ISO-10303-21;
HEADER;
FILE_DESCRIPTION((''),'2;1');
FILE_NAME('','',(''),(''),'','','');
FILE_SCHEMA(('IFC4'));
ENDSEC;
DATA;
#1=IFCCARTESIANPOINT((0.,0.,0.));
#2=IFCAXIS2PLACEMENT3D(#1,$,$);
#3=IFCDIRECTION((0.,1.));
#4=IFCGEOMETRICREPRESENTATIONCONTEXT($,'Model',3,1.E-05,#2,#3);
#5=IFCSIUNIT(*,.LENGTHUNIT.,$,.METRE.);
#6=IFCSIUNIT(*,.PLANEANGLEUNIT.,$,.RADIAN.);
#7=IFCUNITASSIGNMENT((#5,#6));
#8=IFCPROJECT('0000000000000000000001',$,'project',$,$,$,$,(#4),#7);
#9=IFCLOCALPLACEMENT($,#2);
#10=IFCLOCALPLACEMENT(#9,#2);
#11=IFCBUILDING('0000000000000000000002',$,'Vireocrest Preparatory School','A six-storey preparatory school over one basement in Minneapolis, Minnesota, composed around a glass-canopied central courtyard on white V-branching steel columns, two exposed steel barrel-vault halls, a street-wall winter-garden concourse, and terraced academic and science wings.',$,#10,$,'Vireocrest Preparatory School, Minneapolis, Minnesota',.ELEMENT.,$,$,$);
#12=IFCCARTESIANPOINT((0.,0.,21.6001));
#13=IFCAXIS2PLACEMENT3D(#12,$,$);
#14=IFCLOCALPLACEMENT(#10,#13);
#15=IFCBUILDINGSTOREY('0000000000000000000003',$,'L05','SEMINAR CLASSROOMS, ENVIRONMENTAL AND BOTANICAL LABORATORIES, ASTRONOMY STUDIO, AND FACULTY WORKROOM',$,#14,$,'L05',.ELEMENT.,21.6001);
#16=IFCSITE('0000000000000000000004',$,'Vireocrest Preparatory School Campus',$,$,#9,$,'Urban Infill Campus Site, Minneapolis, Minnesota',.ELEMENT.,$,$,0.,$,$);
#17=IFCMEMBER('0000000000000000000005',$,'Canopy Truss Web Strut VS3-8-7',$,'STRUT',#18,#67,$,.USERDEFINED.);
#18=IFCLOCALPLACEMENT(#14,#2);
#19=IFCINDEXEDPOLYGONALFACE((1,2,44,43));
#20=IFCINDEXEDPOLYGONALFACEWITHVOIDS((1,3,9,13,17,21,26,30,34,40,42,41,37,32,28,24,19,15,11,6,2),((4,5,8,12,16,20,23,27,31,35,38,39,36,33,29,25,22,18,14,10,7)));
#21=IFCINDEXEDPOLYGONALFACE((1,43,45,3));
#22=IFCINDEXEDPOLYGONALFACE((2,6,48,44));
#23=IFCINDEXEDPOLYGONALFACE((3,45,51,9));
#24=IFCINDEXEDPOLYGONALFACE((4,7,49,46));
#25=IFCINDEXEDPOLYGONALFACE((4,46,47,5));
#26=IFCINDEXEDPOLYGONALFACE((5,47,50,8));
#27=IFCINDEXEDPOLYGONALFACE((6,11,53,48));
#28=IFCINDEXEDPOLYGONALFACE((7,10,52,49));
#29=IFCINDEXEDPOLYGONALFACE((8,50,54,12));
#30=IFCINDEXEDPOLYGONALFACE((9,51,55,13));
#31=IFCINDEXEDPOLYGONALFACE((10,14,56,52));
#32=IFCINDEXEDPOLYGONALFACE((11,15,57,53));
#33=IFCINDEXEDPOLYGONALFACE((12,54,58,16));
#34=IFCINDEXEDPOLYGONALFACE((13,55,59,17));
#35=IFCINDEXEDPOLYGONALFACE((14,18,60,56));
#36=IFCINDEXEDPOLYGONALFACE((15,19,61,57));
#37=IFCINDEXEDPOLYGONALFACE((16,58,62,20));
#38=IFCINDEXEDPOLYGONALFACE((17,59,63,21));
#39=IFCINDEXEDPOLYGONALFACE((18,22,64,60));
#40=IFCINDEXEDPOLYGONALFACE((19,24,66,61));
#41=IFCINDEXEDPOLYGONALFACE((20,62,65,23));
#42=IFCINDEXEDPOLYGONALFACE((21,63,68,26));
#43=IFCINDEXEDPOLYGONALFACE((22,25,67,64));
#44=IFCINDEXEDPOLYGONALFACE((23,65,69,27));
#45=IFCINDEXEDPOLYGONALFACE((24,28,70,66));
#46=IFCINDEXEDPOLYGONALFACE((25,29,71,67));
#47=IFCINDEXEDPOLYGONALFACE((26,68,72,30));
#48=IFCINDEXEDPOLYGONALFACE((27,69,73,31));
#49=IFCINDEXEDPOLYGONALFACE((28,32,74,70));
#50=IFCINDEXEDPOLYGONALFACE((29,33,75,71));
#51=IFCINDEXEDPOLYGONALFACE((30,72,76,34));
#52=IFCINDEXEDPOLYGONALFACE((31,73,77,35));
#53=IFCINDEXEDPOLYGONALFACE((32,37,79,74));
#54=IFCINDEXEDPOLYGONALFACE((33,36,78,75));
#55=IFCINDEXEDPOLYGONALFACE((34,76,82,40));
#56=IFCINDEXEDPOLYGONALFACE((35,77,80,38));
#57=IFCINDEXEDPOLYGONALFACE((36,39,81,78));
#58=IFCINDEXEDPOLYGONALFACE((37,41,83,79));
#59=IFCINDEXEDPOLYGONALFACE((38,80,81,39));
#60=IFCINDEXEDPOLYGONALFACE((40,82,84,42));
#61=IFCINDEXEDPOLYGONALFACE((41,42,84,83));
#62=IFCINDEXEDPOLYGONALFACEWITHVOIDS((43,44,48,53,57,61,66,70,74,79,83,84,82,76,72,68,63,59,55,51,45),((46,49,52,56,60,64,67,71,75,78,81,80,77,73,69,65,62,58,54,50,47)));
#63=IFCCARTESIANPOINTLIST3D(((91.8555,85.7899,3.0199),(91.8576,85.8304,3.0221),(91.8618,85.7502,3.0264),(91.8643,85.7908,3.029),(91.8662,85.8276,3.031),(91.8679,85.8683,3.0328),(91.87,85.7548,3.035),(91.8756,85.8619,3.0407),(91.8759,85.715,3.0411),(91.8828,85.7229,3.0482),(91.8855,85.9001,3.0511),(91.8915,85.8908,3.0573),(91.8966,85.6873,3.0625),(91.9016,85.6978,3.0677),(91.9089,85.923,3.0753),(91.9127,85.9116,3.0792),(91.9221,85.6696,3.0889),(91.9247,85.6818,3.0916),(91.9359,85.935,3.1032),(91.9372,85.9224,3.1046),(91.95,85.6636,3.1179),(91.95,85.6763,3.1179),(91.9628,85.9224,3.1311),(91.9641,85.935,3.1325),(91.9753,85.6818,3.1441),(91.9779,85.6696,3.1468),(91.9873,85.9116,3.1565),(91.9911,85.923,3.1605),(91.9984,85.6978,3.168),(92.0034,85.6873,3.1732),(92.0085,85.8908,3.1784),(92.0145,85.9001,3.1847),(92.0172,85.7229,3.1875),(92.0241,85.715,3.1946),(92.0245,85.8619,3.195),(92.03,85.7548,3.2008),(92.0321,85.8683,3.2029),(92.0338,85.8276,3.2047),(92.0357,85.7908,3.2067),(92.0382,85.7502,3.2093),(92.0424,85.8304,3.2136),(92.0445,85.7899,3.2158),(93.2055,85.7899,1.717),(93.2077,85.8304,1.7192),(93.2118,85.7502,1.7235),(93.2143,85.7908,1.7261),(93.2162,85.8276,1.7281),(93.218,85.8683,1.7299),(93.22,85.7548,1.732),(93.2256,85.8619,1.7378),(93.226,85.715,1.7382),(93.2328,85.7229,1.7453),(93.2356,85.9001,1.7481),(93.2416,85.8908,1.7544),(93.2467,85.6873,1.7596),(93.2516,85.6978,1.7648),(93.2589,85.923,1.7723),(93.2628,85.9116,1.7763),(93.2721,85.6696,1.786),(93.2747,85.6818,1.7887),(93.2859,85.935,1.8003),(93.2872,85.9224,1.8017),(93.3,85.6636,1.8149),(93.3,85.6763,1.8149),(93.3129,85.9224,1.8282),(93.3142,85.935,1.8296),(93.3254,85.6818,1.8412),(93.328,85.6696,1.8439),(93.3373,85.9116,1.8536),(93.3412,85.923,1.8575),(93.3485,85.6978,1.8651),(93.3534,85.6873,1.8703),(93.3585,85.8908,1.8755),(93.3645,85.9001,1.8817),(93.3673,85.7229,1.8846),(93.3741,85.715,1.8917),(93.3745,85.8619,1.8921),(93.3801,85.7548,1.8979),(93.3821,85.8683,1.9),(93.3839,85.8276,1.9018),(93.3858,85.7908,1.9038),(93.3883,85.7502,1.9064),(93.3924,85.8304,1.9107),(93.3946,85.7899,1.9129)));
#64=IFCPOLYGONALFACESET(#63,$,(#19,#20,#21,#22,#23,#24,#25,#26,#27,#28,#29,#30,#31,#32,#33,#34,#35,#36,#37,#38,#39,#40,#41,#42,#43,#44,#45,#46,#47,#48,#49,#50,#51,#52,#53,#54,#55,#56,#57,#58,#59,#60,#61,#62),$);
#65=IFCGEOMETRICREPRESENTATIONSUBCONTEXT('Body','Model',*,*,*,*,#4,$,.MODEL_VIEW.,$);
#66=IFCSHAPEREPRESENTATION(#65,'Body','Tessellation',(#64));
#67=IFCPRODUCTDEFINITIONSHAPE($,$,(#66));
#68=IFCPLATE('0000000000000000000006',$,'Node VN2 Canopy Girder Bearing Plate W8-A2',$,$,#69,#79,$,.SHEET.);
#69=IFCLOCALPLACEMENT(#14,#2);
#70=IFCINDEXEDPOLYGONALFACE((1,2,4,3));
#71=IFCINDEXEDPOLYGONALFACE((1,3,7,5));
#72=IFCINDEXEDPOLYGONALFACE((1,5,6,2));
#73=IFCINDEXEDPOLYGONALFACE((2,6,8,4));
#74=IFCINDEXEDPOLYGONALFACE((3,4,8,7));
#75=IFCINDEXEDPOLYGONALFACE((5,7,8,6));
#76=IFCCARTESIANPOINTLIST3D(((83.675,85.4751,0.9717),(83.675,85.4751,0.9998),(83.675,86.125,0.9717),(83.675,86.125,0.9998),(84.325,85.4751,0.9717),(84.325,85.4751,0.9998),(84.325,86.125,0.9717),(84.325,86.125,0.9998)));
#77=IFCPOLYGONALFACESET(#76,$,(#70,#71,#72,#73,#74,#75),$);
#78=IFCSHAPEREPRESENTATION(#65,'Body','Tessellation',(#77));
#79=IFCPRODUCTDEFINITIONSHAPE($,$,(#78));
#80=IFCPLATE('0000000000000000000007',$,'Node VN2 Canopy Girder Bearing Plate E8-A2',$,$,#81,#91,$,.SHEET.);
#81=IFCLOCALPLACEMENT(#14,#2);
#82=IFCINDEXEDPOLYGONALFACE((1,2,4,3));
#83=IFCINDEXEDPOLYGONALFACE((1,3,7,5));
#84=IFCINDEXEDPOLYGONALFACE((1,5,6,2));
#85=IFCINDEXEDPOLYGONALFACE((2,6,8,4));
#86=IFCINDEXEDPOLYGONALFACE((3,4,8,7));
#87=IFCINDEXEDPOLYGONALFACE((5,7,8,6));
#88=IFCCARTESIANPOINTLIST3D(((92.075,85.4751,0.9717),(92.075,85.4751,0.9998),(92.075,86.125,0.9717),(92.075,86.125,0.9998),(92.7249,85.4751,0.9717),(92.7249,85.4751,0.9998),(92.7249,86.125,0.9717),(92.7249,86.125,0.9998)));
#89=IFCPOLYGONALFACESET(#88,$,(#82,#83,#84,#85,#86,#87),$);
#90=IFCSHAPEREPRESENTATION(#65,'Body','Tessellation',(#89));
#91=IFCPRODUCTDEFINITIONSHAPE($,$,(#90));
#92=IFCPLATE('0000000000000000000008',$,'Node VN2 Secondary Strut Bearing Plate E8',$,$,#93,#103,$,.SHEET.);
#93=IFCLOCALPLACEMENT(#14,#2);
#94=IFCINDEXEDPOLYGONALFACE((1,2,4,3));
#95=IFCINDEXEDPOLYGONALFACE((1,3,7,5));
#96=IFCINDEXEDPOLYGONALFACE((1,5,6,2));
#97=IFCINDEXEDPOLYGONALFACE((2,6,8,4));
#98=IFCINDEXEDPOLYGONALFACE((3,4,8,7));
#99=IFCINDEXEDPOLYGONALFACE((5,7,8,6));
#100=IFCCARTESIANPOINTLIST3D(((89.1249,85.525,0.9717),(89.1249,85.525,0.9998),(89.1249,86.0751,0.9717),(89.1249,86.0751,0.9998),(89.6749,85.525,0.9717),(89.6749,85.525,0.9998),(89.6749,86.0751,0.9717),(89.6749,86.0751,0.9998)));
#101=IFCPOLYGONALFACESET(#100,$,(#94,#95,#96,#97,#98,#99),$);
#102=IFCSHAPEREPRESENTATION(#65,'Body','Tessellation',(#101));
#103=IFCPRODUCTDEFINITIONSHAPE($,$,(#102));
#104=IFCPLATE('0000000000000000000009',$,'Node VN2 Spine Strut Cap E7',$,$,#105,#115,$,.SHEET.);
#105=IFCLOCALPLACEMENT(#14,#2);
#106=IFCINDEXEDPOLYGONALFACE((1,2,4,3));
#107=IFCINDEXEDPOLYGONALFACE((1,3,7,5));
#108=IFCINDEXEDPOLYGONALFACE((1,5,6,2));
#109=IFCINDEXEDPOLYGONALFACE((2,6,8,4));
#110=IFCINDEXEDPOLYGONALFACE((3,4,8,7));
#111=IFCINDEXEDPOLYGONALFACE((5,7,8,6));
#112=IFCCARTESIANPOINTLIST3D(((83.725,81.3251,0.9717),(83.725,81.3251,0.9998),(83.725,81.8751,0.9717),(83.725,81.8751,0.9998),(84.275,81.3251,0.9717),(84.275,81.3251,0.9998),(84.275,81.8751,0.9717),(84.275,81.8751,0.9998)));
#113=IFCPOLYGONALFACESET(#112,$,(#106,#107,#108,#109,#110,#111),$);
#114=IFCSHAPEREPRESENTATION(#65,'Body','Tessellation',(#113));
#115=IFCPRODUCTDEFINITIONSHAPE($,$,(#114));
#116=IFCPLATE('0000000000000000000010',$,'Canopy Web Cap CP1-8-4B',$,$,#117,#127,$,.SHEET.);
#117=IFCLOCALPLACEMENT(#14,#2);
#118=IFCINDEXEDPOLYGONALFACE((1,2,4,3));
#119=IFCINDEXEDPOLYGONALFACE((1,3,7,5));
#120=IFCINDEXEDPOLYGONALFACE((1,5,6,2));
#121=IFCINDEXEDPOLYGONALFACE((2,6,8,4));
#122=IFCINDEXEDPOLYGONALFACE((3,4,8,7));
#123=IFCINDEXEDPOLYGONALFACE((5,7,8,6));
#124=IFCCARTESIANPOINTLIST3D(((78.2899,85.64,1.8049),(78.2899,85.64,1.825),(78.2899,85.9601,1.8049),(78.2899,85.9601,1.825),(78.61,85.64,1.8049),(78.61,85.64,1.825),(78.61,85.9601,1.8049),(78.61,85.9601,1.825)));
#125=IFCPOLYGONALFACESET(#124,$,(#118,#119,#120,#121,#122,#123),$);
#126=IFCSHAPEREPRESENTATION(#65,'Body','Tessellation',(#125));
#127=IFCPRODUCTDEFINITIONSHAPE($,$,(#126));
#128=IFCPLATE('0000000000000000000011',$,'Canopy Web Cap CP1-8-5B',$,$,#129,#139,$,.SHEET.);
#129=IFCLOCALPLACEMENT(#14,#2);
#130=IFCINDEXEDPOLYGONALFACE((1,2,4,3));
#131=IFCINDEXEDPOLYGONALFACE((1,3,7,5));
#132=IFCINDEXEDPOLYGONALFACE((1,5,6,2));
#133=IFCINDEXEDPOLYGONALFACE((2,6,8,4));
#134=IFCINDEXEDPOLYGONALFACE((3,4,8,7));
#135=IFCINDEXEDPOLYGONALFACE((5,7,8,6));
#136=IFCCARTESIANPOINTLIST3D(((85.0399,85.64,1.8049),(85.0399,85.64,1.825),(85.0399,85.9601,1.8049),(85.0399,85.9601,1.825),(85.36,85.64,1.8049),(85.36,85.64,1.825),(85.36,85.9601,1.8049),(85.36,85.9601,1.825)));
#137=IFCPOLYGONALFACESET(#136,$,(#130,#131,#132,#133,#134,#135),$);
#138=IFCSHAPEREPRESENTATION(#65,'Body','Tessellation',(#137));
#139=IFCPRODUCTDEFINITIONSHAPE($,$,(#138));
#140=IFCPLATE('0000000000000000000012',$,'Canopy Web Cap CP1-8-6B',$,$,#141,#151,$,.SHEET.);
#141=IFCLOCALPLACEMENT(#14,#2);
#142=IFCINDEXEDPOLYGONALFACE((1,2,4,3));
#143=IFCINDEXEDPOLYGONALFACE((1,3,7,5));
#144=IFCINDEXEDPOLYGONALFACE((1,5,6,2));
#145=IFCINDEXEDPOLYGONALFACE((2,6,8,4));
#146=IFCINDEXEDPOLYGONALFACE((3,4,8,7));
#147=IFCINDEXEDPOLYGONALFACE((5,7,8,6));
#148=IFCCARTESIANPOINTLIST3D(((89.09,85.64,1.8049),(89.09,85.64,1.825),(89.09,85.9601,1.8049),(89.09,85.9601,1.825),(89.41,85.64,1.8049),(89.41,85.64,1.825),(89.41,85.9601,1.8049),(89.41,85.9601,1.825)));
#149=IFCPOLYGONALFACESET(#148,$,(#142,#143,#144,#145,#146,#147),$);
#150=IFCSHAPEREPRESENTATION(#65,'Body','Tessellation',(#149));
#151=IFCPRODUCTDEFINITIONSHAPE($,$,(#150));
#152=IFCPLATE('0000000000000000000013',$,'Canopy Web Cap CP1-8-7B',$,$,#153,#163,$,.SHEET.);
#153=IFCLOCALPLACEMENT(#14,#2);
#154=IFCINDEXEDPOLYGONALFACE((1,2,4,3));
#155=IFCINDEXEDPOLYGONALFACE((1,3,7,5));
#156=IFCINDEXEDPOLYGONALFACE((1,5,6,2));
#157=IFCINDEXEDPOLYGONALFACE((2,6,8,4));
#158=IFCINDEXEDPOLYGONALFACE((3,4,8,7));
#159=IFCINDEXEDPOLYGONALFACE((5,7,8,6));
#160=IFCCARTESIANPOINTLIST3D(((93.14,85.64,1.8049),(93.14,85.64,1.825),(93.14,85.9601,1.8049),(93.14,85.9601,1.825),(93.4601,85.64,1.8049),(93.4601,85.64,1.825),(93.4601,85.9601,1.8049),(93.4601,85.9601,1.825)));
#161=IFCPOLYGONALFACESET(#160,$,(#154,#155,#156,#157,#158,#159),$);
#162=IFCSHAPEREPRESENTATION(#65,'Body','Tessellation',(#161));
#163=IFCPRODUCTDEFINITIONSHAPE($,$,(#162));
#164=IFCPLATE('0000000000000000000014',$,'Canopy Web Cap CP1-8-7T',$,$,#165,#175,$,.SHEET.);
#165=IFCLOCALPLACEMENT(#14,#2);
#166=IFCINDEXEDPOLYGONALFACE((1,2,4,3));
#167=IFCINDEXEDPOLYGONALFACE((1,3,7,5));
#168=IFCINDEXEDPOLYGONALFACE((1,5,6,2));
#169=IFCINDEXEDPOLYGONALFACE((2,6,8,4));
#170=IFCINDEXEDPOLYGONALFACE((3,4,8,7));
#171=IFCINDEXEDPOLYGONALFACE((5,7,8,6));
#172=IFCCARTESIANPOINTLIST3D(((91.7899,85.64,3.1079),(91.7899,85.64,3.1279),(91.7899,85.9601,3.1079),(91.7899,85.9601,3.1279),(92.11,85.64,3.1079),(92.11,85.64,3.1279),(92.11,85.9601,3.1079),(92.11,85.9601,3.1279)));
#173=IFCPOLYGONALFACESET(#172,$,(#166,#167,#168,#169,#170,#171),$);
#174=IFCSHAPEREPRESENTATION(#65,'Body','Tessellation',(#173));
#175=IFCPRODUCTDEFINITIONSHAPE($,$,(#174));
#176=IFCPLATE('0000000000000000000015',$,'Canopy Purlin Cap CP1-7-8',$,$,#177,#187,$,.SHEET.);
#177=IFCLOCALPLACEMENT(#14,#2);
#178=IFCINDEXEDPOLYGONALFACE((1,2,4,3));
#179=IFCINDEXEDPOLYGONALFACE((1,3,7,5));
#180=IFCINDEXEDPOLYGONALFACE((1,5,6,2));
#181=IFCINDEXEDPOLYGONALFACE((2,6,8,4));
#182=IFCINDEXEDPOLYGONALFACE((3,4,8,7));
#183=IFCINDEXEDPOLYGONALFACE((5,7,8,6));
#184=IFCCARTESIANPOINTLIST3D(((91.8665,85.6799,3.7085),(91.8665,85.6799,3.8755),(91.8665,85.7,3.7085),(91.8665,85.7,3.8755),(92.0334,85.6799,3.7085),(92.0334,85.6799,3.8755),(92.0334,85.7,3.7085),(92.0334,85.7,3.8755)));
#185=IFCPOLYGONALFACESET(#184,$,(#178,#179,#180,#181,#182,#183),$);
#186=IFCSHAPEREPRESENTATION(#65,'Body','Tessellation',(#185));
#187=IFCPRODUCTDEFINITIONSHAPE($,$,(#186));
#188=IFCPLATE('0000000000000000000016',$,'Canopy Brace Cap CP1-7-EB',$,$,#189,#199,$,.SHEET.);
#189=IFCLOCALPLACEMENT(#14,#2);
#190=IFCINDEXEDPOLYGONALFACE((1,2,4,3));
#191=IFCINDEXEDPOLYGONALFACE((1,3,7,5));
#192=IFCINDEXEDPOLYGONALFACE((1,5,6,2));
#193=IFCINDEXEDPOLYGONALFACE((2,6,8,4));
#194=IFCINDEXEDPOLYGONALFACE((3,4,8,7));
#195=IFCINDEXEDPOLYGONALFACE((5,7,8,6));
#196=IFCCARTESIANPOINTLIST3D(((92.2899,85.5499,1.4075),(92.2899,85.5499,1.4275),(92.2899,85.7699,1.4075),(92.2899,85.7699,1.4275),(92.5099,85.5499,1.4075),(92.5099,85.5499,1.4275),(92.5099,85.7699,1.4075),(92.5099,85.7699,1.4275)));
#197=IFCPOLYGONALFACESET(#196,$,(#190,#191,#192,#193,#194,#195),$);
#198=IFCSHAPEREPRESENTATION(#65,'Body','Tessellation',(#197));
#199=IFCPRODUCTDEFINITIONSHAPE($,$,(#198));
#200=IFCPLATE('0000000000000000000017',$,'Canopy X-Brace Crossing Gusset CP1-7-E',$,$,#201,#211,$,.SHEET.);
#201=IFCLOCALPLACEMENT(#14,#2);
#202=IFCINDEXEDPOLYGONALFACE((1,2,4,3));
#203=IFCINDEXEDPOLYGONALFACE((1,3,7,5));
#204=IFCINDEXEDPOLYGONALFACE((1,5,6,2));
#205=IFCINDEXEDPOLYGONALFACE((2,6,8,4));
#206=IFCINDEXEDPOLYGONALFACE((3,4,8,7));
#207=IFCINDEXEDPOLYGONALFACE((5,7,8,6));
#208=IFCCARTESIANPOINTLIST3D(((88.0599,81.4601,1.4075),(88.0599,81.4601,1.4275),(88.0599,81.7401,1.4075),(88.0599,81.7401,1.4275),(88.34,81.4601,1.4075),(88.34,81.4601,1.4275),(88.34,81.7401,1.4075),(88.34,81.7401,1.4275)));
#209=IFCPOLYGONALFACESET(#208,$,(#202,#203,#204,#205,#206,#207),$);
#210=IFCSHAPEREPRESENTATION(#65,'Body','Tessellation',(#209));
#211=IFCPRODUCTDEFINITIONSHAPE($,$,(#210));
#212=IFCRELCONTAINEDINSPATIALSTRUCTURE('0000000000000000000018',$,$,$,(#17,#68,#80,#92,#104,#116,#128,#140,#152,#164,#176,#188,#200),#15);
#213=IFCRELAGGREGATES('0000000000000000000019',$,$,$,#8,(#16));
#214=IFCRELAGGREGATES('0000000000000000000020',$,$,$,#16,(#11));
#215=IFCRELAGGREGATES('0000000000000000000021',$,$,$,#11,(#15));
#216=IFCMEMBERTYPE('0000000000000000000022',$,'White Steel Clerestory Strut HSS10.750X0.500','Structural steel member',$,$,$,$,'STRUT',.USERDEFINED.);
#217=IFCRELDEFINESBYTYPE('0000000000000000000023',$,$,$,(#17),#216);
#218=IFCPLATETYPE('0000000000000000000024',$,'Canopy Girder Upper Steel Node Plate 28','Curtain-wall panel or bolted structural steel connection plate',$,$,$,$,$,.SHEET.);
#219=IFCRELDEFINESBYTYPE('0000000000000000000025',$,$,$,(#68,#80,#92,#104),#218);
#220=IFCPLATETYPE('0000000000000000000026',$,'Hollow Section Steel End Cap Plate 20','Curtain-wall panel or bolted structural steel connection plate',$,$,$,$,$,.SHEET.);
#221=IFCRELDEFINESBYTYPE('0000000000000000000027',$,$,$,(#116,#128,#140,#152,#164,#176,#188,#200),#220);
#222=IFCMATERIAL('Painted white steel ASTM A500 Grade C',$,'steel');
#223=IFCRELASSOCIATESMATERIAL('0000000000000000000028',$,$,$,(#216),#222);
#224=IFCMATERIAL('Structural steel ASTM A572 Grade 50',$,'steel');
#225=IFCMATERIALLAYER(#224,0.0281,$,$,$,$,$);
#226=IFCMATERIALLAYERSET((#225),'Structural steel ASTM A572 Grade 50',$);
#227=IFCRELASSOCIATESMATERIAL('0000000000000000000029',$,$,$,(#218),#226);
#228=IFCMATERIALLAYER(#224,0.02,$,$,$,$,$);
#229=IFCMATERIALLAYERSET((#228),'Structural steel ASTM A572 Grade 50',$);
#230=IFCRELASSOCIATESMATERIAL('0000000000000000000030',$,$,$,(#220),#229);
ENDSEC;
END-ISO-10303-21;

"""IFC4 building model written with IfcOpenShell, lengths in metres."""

from ifc_helpers import new_model, si_unit, direction, frame, origin, origin_2d, place, context, subcontext, project, spatial, rectangle, hollow_circle, extrude, material, layer, layer_set, material_profile, profile_set, type_object, element, save


model = new_model("IFC4")

# Units and contexts
model_context = context("Model", 3, precision=1e-05, world=origin(), true_north=direction((0.0, 1.0)))
body_context = subcontext(model_context, "Body", "Model", "MODEL_VIEW")
ifc_project = project(units=[si_unit("LENGTHUNIT", "METRE"), si_unit("PLANEANGLEUNIT", "RADIAN")], contexts=[model_context])

# Site, building, storey
site_placement = place(None, origin())
site = spatial("IfcSite", under=ifc_project, at=site_placement, Name="Vireocrest Preparatory School Campus", LongName="Urban Infill Campus Site, Minneapolis, Minnesota", CompositionType="ELEMENT", RefElevation=0.0)
building_placement = place(site_placement, origin())
building = spatial("IfcBuilding", under=site, at=building_placement, Name="Vireocrest Preparatory School", Description="A six-storey preparatory school over one basement in Minneapolis, Minnesota, composed around a glass-canopied central courtyard on white V-branching steel columns, two exposed steel barrel-vault halls, a street-wall winter-garden concourse, and terraced academic and science wings.", LongName="Vireocrest Preparatory School, Minneapolis, Minnesota", CompositionType="ELEMENT")
storey_placement = place(building_placement, frame((0.0, 0.0, 21.6001)))
storey = spatial("IfcBuildingStorey", under=building, at=storey_placement, Name="L05", Description="SEMINAR CLASSROOMS, ENVIRONMENTAL AND BOTANICAL LABORATORIES, ASTRONOMY STUDIO, AND FACULTY WORKROOM", LongName="L05", CompositionType="ELEMENT", Elevation=21.6001)

# Shared definitions
ifc_material_1 = material(Name="Painted white steel ASTM A500 Grade C", Category="steel")

# Member
ifc_material_profile_1 = material_profile(ifc_material_1, hollow_circle(Radius=0.1365, WallThickness=0.0127, at=origin_2d()), Name="HSS10.750X0.500")
ifc_profile_set_1 = profile_set([ifc_material_profile_1], Name="Painted white steel ASTM A500 Grade C")
member_type_1 = type_object("IfcMemberType", Name="White Steel Clerestory Strut HSS10.750X0.500", Description="Structural steel member", ElementType="STRUT", PredefinedType="USERDEFINED", material=ifc_profile_set_1)
member_1_placement = place(storey_placement, frame((93.3, 85.8, 1.8149), z_axis=(-0.719552, 0.0, 0.694439), x_axis=(0.0, -1.0, 0.0)))
element("IfcMember", 1, at=member_1_placement, inside=storey, type_object=member_type_1, Name="Canopy Truss Web Strut VS3-8-7", ObjectType="STRUT", PredefinedType="USERDEFINED", context=body_context, shape_type="SweptSolid", body=[
    extrude(hollow_circle(Radius=0.1365, WallThickness=0.0127, at=origin_2d()), origin(), (0.0, 0.0, 1.0), 1.8762),
])

# Plates
ifc_material_2 = material(Name="Structural steel ASTM A572 Grade 50", Category="steel")
ifc_layer_1 = layer(ifc_material_2, 0.0281)
ifc_layer_set_1 = layer_set([ifc_layer_1], Name="Structural steel ASTM A572 Grade 50")
plate_type_1 = type_object("IfcPlateType", Name="Canopy Girder Upper Steel Node Plate 28", Description="Curtain-wall panel or bolted structural steel connection plate", PredefinedType="SHEET", material=ifc_layer_set_1)
for number, where, z_axis, x_axis, name in (
    (2, (84.0, 85.8, 0.9717), (0.0, 0.0, 1.0), (1.0, 0.0, 0.0), "Node VN2 Canopy Girder Bearing Plate W8-A2"),
    (3, (92.3999, 85.8, 0.9717), (0.0, 0.0, 1.0), (1.0, 0.0, 0.0), "Node VN2 Canopy Girder Bearing Plate E8-A2"),
):
    element("IfcPlate", number, at=place(storey_placement, frame(where, z_axis=z_axis, x_axis=x_axis)), inside=storey, type_object=plate_type_1, Name=name, PredefinedType="SHEET", context=body_context, shape_type="SweptSolid", body=[
        extrude(rectangle(XDim=0.6499, YDim=0.6499, at=origin_2d()), origin(), (0.0, 0.0, 1.0), 0.0281),
    ])
for number, where, z_axis, x_axis, name in (
    (4, (89.3999, 85.8, 0.9717), (0.0, 0.0, 1.0), (1.0, 0.0, 0.0), "Node VN2 Secondary Strut Bearing Plate E8"),
    (5, (84.0, 81.6001, 0.9717), (0.0, 0.0, 1.0), (1.0, 0.0, 0.0), "Node VN2 Spine Strut Cap E7"),
):
    element("IfcPlate", number, at=place(storey_placement, frame(where, z_axis=z_axis, x_axis=x_axis)), inside=storey, type_object=plate_type_1, Name=name, PredefinedType="SHEET", context=body_context, shape_type="SweptSolid", body=[
        extrude(rectangle(XDim=0.55, YDim=0.55, at=origin_2d()), origin(), (0.0, 0.0, 1.0), 0.0281),
    ])
ifc_layer_2 = layer(ifc_material_2, 0.02)
ifc_layer_set_2 = layer_set([ifc_layer_2], Name="Structural steel ASTM A572 Grade 50")
plate_type_2 = type_object("IfcPlateType", Name="Hollow Section Steel End Cap Plate 20", Description="Curtain-wall panel or bolted structural steel connection plate", PredefinedType="SHEET", material=ifc_layer_set_2)
for number, where, z_axis, x_axis, name in (
    (6, (78.45, 85.8, 1.8049), (0.0, 0.0, 1.0), (1.0, 0.0, 0.0), "Canopy Web Cap CP1-8-4B"),
    (7, (85.2, 85.8, 1.8049), (0.0, 0.0, 1.0), (1.0, 0.0, 0.0), "Canopy Web Cap CP1-8-5B"),
    (8, (89.25, 85.8, 1.8049), (0.0, 0.0, 1.0), (1.0, 0.0, 0.0), "Canopy Web Cap CP1-8-6B"),
    (9, (93.3, 85.8, 1.8049), (0.0, 0.0, 1.0), (1.0, 0.0, 0.0), "Canopy Web Cap CP1-8-7B"),
    (10, (91.95, 85.8, 3.1079), (0.0, 0.0, 1.0), (1.0, 0.0, 0.0), "Canopy Web Cap CP1-8-7T"),
):
    element("IfcPlate", number, at=place(storey_placement, frame(where, z_axis=z_axis, x_axis=x_axis)), inside=storey, type_object=plate_type_2, Name=name, PredefinedType="SHEET", context=body_context, shape_type="SweptSolid", body=[
        extrude(rectangle(XDim=0.3201, YDim=0.3201, at=origin_2d()), origin(), (0.0, 0.0, 1.0), 0.02),
    ])
plate_1_placement = place(storey_placement, frame((91.95, 85.6899, 3.7085), z_axis=(0.0, 0.0, 1.0), x_axis=(1.0, 0.0, 0.0)))
element("IfcPlate", 11, at=plate_1_placement, inside=storey, type_object=plate_type_2, Name="Canopy Purlin Cap CP1-7-8", PredefinedType="SHEET", context=body_context, shape_type="SweptSolid", body=[
    extrude(rectangle(XDim=0.167, YDim=0.02, at=origin_2d()), origin(), (0.0, 0.0, 1.0), 0.167),
])
plate_2_placement = place(storey_placement, frame((92.3999, 85.6599, 1.4075), z_axis=(0.0, 0.0, 1.0), x_axis=(1.0, 0.0, 0.0)))
element("IfcPlate", 12, at=plate_2_placement, inside=storey, type_object=plate_type_2, Name="Canopy Brace Cap CP1-7-EB", PredefinedType="SHEET", context=body_context, shape_type="SweptSolid", body=[
    extrude(rectangle(XDim=0.22, YDim=0.22, at=origin_2d()), origin(), (0.0, 0.0, 1.0), 0.02),
])
plate_3_placement = place(storey_placement, frame((88.2, 81.6001, 1.4075), z_axis=(0.0, 0.0, 1.0), x_axis=(1.0, 0.0, 0.0)))
element("IfcPlate", 13, at=plate_3_placement, inside=storey, type_object=plate_type_2, Name="Canopy X-Brace Crossing Gusset CP1-7-E", PredefinedType="SHEET", context=body_context, shape_type="SweptSolid", body=[
    extrude(rectangle(XDim=0.28, YDim=0.28, at=origin_2d()), origin(), (0.0, 0.0, 1.0), 0.02),
])

save(model, "model.ifc")
